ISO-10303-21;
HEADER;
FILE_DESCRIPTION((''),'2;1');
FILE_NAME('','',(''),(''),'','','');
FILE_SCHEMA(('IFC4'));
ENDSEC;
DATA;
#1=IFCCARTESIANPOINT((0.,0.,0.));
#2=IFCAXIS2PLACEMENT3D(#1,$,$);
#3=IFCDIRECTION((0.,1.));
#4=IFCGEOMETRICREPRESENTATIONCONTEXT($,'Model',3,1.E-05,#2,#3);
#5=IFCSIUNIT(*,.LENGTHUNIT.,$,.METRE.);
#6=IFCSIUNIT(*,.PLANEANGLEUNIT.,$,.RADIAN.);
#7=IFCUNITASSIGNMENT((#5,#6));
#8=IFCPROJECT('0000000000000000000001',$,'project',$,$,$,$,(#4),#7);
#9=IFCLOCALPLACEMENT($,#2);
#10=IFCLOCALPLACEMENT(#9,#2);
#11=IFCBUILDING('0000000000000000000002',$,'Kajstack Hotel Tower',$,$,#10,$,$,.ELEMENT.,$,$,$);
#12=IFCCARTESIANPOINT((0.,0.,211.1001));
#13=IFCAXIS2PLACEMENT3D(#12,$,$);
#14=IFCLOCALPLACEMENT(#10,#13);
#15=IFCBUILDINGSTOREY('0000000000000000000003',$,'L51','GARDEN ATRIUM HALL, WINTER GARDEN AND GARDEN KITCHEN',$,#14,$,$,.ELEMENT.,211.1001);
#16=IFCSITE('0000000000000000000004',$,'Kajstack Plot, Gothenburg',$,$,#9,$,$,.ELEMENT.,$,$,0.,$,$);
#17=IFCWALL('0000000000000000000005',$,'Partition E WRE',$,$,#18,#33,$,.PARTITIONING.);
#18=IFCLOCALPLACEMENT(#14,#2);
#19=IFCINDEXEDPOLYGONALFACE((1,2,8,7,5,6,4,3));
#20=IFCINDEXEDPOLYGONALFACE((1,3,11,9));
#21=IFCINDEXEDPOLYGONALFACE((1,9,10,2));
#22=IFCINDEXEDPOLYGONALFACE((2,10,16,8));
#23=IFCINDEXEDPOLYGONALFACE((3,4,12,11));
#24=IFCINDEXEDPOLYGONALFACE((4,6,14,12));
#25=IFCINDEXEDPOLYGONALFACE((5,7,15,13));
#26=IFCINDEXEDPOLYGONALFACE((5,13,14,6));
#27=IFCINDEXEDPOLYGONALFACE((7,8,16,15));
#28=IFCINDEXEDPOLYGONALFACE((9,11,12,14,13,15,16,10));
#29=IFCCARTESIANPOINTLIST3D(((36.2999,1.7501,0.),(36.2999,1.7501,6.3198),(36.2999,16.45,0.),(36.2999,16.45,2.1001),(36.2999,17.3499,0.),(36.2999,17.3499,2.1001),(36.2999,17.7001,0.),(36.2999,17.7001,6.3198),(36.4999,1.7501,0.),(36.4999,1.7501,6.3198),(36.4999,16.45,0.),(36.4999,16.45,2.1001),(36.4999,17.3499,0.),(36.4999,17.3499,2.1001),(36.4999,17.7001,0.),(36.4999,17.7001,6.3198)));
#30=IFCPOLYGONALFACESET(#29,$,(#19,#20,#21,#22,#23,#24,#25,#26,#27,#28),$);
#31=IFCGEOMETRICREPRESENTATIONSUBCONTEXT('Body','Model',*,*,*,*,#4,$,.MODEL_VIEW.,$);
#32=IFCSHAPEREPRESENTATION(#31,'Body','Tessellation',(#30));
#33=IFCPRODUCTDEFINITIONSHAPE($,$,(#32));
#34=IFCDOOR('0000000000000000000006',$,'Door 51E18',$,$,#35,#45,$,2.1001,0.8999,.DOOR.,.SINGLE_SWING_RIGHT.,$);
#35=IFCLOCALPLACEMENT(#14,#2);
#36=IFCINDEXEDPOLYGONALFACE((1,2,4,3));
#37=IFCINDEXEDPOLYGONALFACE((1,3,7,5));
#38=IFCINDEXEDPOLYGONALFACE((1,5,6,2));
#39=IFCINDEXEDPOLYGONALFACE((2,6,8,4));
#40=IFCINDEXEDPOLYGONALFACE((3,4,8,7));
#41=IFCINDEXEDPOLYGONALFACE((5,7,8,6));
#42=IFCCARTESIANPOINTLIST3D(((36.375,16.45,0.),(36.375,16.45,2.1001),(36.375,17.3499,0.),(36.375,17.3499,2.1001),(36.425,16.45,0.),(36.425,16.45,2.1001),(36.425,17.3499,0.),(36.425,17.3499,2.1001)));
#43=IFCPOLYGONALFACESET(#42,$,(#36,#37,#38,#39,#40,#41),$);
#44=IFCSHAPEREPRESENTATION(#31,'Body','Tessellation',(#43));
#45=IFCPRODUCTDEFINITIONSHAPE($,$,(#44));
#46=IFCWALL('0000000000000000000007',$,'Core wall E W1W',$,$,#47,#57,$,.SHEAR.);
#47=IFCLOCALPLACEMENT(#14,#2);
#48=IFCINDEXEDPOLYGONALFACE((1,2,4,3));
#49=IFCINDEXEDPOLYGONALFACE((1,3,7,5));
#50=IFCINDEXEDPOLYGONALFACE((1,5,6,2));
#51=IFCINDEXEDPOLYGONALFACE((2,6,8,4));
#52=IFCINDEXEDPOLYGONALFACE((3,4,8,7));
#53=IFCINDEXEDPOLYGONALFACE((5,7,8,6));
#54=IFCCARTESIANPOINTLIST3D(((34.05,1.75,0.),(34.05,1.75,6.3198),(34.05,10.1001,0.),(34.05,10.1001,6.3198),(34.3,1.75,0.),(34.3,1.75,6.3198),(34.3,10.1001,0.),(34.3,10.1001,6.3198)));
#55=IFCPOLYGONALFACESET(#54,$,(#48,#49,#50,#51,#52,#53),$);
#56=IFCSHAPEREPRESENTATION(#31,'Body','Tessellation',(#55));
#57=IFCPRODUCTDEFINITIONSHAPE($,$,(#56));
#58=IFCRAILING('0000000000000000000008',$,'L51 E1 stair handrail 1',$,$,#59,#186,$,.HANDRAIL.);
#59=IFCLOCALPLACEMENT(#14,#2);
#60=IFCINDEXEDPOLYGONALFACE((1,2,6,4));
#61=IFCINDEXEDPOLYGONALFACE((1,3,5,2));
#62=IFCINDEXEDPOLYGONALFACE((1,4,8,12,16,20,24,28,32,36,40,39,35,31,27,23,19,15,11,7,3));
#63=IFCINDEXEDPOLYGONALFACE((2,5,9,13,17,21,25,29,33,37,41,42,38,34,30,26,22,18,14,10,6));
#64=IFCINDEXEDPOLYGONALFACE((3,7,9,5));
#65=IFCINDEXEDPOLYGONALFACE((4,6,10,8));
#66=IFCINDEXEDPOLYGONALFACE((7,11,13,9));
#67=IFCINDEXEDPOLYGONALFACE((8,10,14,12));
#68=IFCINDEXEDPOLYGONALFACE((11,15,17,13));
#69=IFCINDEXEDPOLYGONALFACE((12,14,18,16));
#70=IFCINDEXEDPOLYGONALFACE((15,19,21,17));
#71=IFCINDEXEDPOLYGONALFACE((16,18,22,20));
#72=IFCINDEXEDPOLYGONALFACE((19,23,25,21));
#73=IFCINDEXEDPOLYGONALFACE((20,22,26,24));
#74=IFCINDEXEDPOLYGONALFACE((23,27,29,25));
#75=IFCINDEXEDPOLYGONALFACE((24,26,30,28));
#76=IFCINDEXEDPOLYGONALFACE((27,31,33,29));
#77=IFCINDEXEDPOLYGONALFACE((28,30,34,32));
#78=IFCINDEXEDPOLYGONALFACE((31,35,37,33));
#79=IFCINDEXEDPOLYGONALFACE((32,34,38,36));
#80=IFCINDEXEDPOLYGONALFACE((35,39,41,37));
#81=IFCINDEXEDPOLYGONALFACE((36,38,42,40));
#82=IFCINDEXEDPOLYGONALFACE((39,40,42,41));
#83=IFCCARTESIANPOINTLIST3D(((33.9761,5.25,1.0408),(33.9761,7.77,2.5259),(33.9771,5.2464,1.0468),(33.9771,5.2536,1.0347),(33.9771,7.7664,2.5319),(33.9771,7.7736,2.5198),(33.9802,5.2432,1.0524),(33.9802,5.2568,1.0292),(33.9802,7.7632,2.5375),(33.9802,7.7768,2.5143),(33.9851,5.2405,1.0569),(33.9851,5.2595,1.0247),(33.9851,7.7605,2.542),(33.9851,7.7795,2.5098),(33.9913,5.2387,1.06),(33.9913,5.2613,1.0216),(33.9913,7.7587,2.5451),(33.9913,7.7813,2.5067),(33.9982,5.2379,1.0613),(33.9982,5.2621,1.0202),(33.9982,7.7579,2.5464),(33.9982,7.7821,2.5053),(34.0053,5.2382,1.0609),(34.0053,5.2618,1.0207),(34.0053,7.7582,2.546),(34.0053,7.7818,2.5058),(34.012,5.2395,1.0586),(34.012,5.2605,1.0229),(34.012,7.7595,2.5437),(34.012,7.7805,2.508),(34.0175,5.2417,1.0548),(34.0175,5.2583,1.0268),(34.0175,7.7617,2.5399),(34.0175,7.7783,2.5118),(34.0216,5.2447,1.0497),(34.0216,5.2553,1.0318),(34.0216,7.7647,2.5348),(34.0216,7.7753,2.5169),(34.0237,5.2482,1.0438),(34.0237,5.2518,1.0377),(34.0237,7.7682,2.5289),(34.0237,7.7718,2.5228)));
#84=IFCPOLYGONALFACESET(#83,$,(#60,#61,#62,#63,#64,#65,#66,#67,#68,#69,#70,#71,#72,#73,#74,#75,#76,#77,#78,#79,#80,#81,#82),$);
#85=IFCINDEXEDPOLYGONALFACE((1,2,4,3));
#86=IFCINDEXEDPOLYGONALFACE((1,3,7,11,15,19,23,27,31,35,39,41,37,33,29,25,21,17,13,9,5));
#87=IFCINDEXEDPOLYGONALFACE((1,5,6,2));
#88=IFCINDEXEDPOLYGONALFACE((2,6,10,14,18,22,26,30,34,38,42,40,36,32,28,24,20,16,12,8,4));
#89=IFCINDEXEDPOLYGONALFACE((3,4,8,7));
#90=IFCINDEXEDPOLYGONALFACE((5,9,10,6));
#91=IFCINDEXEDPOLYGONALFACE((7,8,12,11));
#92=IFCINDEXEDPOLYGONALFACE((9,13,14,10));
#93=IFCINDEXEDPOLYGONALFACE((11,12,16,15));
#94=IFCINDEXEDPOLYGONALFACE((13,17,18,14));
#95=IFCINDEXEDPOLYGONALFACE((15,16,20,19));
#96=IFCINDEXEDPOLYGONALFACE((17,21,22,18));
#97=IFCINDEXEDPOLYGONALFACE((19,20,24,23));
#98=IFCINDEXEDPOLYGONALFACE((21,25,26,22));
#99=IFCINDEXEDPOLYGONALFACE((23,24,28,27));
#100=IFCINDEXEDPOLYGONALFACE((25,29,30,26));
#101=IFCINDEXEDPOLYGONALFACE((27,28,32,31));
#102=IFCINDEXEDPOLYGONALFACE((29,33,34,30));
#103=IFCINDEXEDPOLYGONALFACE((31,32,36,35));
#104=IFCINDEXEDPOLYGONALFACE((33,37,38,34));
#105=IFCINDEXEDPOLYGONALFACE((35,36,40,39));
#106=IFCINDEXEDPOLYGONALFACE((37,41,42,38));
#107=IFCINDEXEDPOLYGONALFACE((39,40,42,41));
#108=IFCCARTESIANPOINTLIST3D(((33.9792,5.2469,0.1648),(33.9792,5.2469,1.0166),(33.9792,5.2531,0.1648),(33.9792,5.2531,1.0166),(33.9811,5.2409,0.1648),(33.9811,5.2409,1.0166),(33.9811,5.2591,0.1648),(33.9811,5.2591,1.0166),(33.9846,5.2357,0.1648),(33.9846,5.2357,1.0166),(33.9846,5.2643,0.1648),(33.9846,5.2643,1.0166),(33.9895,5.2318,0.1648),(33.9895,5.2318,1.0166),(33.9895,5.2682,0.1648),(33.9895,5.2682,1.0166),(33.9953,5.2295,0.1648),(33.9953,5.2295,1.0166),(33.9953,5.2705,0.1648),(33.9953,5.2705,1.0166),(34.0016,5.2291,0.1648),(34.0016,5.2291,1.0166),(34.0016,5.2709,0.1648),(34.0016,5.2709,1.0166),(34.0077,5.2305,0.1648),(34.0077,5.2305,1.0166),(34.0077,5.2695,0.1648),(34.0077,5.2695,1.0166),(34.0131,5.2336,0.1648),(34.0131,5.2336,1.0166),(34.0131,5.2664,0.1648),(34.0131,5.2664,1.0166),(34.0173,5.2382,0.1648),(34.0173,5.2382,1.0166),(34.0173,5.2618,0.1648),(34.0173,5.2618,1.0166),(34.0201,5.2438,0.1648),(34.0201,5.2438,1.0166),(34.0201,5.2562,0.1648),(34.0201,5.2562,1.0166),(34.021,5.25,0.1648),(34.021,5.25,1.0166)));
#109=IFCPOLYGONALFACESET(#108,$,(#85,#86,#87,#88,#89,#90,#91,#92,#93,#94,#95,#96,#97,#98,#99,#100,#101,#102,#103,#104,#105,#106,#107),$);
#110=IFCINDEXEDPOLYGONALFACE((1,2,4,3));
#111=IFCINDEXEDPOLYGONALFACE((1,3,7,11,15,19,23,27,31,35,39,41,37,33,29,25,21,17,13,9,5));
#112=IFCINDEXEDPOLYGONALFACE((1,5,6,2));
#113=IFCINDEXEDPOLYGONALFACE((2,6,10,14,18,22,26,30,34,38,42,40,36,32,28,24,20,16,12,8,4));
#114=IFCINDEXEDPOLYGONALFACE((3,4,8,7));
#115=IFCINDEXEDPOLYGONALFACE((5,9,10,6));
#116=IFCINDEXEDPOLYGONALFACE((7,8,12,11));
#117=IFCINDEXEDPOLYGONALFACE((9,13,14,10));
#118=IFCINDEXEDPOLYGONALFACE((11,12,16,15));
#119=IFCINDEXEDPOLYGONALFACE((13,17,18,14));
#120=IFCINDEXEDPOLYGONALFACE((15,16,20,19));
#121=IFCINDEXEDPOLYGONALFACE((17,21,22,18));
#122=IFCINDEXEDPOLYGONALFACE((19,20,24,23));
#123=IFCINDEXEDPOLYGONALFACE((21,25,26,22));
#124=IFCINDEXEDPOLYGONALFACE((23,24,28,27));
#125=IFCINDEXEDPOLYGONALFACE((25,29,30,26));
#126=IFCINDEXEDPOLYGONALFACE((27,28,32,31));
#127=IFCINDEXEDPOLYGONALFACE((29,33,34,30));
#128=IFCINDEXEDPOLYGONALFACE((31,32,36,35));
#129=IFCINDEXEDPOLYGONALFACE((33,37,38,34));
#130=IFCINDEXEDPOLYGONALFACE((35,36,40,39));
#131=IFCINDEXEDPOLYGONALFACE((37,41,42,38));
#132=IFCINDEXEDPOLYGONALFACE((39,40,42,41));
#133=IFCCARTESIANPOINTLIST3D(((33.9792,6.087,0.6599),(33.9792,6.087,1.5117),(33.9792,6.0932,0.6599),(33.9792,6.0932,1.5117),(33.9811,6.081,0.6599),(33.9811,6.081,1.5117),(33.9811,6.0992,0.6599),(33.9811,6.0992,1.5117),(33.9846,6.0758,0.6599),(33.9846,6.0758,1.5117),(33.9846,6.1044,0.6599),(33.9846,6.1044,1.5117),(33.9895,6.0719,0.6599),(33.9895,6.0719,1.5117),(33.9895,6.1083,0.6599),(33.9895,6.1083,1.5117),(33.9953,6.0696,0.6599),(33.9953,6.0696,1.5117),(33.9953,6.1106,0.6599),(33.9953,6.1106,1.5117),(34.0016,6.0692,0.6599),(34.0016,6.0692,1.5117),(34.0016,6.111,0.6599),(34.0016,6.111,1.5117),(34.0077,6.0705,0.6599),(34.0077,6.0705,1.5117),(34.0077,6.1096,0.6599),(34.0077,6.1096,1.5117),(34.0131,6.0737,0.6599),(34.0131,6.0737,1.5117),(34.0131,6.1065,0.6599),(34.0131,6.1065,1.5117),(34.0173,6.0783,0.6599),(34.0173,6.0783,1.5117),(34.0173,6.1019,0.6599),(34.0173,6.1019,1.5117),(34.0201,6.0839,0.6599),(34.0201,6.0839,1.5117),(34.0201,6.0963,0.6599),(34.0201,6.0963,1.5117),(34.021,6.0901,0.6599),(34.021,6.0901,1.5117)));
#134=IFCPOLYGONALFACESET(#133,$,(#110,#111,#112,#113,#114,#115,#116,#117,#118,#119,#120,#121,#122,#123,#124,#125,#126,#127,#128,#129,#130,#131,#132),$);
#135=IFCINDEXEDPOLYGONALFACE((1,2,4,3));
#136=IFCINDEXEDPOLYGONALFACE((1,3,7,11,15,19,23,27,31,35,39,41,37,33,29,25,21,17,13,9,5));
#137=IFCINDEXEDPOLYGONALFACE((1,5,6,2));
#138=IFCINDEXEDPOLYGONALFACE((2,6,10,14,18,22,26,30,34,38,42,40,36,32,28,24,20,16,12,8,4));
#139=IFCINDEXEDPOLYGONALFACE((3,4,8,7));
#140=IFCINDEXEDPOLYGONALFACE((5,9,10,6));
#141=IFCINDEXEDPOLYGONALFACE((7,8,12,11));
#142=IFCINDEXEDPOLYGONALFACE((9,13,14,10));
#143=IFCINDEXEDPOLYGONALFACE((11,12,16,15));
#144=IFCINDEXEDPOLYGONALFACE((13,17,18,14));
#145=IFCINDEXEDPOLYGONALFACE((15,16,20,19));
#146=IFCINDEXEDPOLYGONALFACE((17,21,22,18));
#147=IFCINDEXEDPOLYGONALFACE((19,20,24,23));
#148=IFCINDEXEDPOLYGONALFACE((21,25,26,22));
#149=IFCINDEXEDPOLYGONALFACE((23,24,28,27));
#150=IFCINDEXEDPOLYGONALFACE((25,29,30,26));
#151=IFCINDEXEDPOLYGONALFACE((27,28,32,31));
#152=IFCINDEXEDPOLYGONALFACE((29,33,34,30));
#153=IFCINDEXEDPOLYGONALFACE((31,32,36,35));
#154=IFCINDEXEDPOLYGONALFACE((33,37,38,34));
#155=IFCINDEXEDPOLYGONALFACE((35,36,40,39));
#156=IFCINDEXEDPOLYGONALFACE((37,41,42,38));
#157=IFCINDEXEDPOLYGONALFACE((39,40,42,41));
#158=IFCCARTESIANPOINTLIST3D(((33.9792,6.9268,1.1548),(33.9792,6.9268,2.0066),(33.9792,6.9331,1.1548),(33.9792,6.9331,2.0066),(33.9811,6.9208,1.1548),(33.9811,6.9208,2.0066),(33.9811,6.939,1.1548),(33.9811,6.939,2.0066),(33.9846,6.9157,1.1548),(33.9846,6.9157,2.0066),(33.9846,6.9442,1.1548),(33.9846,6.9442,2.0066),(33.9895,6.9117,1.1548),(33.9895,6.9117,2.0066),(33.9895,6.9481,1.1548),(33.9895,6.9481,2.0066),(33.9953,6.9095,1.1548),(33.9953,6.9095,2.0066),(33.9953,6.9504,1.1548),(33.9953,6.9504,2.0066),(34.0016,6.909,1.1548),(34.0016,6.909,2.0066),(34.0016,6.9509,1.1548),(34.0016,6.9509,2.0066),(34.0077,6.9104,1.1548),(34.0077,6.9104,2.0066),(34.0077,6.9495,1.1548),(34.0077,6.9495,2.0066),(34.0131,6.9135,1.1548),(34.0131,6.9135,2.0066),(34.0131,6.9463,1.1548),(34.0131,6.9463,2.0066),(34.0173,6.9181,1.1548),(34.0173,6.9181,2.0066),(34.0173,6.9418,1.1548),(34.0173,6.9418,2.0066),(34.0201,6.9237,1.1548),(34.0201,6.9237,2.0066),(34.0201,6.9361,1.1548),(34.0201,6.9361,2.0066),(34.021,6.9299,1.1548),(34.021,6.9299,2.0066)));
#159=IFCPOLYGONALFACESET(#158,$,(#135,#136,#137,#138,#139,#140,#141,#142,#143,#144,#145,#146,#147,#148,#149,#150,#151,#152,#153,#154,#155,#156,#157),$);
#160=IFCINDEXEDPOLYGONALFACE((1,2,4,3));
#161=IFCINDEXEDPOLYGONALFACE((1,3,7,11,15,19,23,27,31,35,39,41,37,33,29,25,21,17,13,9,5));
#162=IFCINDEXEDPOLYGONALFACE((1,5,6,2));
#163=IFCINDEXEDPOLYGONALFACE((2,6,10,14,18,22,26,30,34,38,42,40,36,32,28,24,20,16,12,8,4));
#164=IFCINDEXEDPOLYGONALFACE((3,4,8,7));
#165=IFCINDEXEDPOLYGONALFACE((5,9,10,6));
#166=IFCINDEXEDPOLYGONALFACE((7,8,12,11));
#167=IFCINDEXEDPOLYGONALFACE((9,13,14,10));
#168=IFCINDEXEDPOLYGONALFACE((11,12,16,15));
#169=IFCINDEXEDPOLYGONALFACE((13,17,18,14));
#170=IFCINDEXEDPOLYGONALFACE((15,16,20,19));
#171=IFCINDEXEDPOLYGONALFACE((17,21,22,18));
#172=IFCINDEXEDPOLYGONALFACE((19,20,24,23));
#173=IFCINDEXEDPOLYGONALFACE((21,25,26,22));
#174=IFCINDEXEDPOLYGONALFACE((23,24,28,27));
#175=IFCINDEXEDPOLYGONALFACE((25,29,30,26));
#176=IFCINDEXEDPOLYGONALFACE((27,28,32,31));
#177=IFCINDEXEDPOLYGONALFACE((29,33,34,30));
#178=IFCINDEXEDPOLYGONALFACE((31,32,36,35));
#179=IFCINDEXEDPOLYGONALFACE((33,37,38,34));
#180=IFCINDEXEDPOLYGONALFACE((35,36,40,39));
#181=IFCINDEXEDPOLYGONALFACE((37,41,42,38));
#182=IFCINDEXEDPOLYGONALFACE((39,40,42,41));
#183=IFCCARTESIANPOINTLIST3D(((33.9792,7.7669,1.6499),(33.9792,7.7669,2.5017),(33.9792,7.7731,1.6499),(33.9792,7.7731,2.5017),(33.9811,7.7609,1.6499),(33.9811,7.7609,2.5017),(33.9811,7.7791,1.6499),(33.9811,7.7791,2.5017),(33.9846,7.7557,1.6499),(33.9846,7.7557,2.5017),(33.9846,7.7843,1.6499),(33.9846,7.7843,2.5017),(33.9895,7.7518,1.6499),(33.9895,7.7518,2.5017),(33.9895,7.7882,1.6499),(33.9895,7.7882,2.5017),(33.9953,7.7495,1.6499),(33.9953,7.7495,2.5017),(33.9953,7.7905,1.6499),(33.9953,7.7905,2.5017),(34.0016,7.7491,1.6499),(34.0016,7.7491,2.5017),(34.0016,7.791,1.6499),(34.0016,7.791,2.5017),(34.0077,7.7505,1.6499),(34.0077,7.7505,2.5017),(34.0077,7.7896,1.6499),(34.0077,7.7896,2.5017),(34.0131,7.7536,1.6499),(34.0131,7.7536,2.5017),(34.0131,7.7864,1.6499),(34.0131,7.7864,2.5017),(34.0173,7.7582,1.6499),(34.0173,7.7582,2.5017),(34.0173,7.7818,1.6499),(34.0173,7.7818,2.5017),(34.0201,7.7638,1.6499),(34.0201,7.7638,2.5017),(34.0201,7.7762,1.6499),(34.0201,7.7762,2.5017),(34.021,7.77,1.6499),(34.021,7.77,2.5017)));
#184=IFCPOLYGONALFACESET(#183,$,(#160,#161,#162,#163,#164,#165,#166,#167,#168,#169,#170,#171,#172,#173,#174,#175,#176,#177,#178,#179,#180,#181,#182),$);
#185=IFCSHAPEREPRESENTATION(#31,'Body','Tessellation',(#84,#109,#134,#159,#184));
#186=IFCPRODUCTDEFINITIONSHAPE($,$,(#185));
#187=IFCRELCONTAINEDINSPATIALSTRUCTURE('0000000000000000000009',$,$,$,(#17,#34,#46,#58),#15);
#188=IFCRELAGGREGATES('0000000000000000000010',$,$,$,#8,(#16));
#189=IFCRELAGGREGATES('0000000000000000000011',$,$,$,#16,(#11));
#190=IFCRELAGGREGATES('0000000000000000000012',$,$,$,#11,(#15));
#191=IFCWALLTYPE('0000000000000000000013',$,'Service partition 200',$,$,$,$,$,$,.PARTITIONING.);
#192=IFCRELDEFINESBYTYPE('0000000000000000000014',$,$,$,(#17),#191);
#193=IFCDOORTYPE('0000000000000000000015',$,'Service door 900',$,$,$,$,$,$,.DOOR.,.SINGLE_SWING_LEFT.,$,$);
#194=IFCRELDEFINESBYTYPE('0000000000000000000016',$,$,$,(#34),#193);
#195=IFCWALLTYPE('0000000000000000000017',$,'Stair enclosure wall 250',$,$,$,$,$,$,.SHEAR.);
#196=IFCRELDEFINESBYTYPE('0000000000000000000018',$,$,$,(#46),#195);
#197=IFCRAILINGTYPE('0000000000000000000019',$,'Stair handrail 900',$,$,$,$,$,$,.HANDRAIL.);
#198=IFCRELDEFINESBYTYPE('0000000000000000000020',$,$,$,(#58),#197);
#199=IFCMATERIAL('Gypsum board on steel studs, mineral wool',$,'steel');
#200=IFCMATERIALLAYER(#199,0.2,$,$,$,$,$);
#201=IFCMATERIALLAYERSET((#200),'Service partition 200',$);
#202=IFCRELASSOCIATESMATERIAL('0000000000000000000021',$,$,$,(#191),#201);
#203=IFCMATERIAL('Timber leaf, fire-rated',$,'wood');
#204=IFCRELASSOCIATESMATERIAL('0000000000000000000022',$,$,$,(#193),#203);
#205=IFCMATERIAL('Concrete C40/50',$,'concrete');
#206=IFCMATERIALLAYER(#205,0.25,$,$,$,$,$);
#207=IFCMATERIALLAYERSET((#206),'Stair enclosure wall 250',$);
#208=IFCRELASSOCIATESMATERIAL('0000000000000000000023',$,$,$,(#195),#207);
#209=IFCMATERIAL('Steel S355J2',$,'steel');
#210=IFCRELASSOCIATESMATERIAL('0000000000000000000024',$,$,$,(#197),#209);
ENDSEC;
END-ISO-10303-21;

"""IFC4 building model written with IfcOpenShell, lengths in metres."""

from ifc_helpers import new_model, si_unit, direction, frame, frame_2d, origin, origin_2d, place, context, subcontext, project, spatial, rectangle, circle, extrude, material, layer, layer_set, type_object, element, fill, save


model = new_model("IFC4")

# Units and contexts
model_context = context("Model", 3, precision=1e-05, world=origin(), true_north=direction((0.0, 1.0)))
body_context = subcontext(model_context, "Body", "Model", "MODEL_VIEW")
ifc_project = project(units=[si_unit("LENGTHUNIT", "METRE"), si_unit("PLANEANGLEUNIT", "RADIAN")], contexts=[model_context])

# Site, building, storey
site_placement = place(None, origin())
site = spatial("IfcSite", under=ifc_project, at=site_placement, Name="Kajstack Plot, Gothenburg", CompositionType="ELEMENT", RefElevation=0.0)
building_placement = place(site_placement, origin())
building = spatial("IfcBuilding", under=site, at=building_placement, Name="Kajstack Hotel Tower", CompositionType="ELEMENT")
storey_placement = place(building_placement, frame((0.0, 0.0, 211.1001)))
storey = spatial("IfcBuildingStorey", under=building, at=storey_placement, Name="L51", Description="GARDEN ATRIUM HALL, WINTER GARDEN AND GARDEN KITCHEN", CompositionType="ELEMENT", Elevation=211.1001)

# Wall, opening, door
ifc_material_1 = material(Name="Gypsum board on steel studs, mineral wool", Category="steel")
ifc_layer_1 = layer(ifc_material_1, 0.2)
ifc_layer_set_1 = layer_set([ifc_layer_1], Name="Service partition 200")
wall_type_1 = type_object("IfcWallType", Name="Service partition 200", PredefinedType="PARTITIONING", material=ifc_layer_set_1)
wall_1_placement = place(storey_placement, frame((36.3999, 1.75, 0.0), z_axis=(0.0, 0.0, 1.0), x_axis=(0.0, 1.0, 0.0)))
wall_1 = element("IfcWall", 1, at=wall_1_placement, inside=storey, type_object=wall_type_1, Name="Partition E WRE", PredefinedType="PARTITIONING", context=body_context, shape_type="SweptSolid", body=[
    extrude(rectangle(XDim=15.95, YDim=0.2, at=frame_2d((7.9751, 0.0))), origin(), (0.0, 0.0, 1.0), 6.3198),
])
opening_placement = place(wall_1_placement, frame((14.7, 0.0, 0.0)))
opening = element("IfcOpeningElement", 2, at=opening_placement, cuts=wall_1, PredefinedType="OPENING", context=body_context, shape_type="SweptSolid", body=[
    extrude(rectangle(XDim=0.8999, YDim=2.1001, at=frame_2d((0.45, 1.05))), frame((0.0, 0.1099, 0.0), z_axis=(0.0, -1.0, 0.0), x_axis=(1.0, 0.0, 0.0)), (0.0, 0.0, 1.0), 0.22),
])
ifc_material_2 = material(Name="Timber leaf, fire-rated", Category="wood")
door_type = type_object("IfcDoorType", Name="Service door 900", OperationType="SINGLE_SWING_LEFT", PredefinedType="DOOR", material=ifc_material_2)
door_placement = place(opening_placement, origin())
door = element("IfcDoor", 3, at=door_placement, inside=storey, type_object=door_type, Name="Door 51E18", OperationType="SINGLE_SWING_RIGHT", OverallHeight=2.1001, OverallWidth=0.8999, PredefinedType="DOOR", context=body_context, shape_type="SweptSolid", body=[
    extrude(rectangle(XDim=0.8999, YDim=2.1001, at=frame_2d((0.45, 1.05))), frame((0.0, 0.0249, 0.0), z_axis=(0.0, -1.0, 0.0), x_axis=(1.0, 0.0, 0.0)), (0.0, 0.0, 1.0), 0.05),
])
fill(opening, door)

# Wall
ifc_material_3 = material(Name="Concrete C40/50", Category="concrete")
ifc_layer_2 = layer(ifc_material_3, 0.25)
ifc_layer_set_2 = layer_set([ifc_layer_2], Name="Stair enclosure wall 250")
wall_type_2 = type_object("IfcWallType", Name="Stair enclosure wall 250", PredefinedType="SHEAR", material=ifc_layer_set_2)
wall_2_placement = place(storey_placement, frame((34.175, 1.75, 0.0), z_axis=(0.0, 0.0, 1.0), x_axis=(0.0, 1.0, 0.0)))
element("IfcWall", 4, at=wall_2_placement, inside=storey, type_object=wall_type_2, Name="Core wall E W1W", PredefinedType="SHEAR", context=body_context, shape_type="SweptSolid", body=[
    extrude(rectangle(XDim=8.3501, YDim=0.25, at=frame_2d((4.175, 0.0))), origin(), (0.0, 0.0, 1.0), 6.3198),
])

# Railing
ifc_material_4 = material(Name="Steel S355J2", Category="steel")
railing_type_1 = type_object("IfcRailingType", Name="Stair handrail 900", PredefinedType="HANDRAIL", material=ifc_material_4)
railing_1_placement = place(storey_placement, frame((34.0, 5.25, 0.1648)))
element("IfcRailing", 5, at=railing_1_placement, inside=storey, type_object=railing_type_1, Name="L51 E1 stair handrail 1", PredefinedType="HANDRAIL", context=body_context, shape_type="SweptSolid", body=[
    extrude(circle(Radius=0.0239, at=origin_2d()), frame((0.0, 0.0, 0.876), z_axis=(0.0, 0.861524, 0.507717), x_axis=(-1.0, 0.0, 0.0)), (0.0, 0.0, 1.0), 2.925),
    extrude(circle(Radius=0.021, at=origin_2d()), origin(), (0.0, 0.0, 1.0), 0.8518),
    extrude(circle(Radius=0.021, at=origin_2d()), frame((0.0, 0.8401, 0.4951)), (0.0, 0.0, 1.0), 0.8518),
    extrude(circle(Radius=0.021, at=origin_2d()), frame((0.0, 1.6799, 0.99)), (0.0, 0.0, 1.0), 0.8518),
    extrude(circle(Radius=0.021, at=origin_2d()), frame((0.0, 2.52, 1.4851)), (0.0, 0.0, 1.0), 0.8518),
])

save(model, "model.ifc")
